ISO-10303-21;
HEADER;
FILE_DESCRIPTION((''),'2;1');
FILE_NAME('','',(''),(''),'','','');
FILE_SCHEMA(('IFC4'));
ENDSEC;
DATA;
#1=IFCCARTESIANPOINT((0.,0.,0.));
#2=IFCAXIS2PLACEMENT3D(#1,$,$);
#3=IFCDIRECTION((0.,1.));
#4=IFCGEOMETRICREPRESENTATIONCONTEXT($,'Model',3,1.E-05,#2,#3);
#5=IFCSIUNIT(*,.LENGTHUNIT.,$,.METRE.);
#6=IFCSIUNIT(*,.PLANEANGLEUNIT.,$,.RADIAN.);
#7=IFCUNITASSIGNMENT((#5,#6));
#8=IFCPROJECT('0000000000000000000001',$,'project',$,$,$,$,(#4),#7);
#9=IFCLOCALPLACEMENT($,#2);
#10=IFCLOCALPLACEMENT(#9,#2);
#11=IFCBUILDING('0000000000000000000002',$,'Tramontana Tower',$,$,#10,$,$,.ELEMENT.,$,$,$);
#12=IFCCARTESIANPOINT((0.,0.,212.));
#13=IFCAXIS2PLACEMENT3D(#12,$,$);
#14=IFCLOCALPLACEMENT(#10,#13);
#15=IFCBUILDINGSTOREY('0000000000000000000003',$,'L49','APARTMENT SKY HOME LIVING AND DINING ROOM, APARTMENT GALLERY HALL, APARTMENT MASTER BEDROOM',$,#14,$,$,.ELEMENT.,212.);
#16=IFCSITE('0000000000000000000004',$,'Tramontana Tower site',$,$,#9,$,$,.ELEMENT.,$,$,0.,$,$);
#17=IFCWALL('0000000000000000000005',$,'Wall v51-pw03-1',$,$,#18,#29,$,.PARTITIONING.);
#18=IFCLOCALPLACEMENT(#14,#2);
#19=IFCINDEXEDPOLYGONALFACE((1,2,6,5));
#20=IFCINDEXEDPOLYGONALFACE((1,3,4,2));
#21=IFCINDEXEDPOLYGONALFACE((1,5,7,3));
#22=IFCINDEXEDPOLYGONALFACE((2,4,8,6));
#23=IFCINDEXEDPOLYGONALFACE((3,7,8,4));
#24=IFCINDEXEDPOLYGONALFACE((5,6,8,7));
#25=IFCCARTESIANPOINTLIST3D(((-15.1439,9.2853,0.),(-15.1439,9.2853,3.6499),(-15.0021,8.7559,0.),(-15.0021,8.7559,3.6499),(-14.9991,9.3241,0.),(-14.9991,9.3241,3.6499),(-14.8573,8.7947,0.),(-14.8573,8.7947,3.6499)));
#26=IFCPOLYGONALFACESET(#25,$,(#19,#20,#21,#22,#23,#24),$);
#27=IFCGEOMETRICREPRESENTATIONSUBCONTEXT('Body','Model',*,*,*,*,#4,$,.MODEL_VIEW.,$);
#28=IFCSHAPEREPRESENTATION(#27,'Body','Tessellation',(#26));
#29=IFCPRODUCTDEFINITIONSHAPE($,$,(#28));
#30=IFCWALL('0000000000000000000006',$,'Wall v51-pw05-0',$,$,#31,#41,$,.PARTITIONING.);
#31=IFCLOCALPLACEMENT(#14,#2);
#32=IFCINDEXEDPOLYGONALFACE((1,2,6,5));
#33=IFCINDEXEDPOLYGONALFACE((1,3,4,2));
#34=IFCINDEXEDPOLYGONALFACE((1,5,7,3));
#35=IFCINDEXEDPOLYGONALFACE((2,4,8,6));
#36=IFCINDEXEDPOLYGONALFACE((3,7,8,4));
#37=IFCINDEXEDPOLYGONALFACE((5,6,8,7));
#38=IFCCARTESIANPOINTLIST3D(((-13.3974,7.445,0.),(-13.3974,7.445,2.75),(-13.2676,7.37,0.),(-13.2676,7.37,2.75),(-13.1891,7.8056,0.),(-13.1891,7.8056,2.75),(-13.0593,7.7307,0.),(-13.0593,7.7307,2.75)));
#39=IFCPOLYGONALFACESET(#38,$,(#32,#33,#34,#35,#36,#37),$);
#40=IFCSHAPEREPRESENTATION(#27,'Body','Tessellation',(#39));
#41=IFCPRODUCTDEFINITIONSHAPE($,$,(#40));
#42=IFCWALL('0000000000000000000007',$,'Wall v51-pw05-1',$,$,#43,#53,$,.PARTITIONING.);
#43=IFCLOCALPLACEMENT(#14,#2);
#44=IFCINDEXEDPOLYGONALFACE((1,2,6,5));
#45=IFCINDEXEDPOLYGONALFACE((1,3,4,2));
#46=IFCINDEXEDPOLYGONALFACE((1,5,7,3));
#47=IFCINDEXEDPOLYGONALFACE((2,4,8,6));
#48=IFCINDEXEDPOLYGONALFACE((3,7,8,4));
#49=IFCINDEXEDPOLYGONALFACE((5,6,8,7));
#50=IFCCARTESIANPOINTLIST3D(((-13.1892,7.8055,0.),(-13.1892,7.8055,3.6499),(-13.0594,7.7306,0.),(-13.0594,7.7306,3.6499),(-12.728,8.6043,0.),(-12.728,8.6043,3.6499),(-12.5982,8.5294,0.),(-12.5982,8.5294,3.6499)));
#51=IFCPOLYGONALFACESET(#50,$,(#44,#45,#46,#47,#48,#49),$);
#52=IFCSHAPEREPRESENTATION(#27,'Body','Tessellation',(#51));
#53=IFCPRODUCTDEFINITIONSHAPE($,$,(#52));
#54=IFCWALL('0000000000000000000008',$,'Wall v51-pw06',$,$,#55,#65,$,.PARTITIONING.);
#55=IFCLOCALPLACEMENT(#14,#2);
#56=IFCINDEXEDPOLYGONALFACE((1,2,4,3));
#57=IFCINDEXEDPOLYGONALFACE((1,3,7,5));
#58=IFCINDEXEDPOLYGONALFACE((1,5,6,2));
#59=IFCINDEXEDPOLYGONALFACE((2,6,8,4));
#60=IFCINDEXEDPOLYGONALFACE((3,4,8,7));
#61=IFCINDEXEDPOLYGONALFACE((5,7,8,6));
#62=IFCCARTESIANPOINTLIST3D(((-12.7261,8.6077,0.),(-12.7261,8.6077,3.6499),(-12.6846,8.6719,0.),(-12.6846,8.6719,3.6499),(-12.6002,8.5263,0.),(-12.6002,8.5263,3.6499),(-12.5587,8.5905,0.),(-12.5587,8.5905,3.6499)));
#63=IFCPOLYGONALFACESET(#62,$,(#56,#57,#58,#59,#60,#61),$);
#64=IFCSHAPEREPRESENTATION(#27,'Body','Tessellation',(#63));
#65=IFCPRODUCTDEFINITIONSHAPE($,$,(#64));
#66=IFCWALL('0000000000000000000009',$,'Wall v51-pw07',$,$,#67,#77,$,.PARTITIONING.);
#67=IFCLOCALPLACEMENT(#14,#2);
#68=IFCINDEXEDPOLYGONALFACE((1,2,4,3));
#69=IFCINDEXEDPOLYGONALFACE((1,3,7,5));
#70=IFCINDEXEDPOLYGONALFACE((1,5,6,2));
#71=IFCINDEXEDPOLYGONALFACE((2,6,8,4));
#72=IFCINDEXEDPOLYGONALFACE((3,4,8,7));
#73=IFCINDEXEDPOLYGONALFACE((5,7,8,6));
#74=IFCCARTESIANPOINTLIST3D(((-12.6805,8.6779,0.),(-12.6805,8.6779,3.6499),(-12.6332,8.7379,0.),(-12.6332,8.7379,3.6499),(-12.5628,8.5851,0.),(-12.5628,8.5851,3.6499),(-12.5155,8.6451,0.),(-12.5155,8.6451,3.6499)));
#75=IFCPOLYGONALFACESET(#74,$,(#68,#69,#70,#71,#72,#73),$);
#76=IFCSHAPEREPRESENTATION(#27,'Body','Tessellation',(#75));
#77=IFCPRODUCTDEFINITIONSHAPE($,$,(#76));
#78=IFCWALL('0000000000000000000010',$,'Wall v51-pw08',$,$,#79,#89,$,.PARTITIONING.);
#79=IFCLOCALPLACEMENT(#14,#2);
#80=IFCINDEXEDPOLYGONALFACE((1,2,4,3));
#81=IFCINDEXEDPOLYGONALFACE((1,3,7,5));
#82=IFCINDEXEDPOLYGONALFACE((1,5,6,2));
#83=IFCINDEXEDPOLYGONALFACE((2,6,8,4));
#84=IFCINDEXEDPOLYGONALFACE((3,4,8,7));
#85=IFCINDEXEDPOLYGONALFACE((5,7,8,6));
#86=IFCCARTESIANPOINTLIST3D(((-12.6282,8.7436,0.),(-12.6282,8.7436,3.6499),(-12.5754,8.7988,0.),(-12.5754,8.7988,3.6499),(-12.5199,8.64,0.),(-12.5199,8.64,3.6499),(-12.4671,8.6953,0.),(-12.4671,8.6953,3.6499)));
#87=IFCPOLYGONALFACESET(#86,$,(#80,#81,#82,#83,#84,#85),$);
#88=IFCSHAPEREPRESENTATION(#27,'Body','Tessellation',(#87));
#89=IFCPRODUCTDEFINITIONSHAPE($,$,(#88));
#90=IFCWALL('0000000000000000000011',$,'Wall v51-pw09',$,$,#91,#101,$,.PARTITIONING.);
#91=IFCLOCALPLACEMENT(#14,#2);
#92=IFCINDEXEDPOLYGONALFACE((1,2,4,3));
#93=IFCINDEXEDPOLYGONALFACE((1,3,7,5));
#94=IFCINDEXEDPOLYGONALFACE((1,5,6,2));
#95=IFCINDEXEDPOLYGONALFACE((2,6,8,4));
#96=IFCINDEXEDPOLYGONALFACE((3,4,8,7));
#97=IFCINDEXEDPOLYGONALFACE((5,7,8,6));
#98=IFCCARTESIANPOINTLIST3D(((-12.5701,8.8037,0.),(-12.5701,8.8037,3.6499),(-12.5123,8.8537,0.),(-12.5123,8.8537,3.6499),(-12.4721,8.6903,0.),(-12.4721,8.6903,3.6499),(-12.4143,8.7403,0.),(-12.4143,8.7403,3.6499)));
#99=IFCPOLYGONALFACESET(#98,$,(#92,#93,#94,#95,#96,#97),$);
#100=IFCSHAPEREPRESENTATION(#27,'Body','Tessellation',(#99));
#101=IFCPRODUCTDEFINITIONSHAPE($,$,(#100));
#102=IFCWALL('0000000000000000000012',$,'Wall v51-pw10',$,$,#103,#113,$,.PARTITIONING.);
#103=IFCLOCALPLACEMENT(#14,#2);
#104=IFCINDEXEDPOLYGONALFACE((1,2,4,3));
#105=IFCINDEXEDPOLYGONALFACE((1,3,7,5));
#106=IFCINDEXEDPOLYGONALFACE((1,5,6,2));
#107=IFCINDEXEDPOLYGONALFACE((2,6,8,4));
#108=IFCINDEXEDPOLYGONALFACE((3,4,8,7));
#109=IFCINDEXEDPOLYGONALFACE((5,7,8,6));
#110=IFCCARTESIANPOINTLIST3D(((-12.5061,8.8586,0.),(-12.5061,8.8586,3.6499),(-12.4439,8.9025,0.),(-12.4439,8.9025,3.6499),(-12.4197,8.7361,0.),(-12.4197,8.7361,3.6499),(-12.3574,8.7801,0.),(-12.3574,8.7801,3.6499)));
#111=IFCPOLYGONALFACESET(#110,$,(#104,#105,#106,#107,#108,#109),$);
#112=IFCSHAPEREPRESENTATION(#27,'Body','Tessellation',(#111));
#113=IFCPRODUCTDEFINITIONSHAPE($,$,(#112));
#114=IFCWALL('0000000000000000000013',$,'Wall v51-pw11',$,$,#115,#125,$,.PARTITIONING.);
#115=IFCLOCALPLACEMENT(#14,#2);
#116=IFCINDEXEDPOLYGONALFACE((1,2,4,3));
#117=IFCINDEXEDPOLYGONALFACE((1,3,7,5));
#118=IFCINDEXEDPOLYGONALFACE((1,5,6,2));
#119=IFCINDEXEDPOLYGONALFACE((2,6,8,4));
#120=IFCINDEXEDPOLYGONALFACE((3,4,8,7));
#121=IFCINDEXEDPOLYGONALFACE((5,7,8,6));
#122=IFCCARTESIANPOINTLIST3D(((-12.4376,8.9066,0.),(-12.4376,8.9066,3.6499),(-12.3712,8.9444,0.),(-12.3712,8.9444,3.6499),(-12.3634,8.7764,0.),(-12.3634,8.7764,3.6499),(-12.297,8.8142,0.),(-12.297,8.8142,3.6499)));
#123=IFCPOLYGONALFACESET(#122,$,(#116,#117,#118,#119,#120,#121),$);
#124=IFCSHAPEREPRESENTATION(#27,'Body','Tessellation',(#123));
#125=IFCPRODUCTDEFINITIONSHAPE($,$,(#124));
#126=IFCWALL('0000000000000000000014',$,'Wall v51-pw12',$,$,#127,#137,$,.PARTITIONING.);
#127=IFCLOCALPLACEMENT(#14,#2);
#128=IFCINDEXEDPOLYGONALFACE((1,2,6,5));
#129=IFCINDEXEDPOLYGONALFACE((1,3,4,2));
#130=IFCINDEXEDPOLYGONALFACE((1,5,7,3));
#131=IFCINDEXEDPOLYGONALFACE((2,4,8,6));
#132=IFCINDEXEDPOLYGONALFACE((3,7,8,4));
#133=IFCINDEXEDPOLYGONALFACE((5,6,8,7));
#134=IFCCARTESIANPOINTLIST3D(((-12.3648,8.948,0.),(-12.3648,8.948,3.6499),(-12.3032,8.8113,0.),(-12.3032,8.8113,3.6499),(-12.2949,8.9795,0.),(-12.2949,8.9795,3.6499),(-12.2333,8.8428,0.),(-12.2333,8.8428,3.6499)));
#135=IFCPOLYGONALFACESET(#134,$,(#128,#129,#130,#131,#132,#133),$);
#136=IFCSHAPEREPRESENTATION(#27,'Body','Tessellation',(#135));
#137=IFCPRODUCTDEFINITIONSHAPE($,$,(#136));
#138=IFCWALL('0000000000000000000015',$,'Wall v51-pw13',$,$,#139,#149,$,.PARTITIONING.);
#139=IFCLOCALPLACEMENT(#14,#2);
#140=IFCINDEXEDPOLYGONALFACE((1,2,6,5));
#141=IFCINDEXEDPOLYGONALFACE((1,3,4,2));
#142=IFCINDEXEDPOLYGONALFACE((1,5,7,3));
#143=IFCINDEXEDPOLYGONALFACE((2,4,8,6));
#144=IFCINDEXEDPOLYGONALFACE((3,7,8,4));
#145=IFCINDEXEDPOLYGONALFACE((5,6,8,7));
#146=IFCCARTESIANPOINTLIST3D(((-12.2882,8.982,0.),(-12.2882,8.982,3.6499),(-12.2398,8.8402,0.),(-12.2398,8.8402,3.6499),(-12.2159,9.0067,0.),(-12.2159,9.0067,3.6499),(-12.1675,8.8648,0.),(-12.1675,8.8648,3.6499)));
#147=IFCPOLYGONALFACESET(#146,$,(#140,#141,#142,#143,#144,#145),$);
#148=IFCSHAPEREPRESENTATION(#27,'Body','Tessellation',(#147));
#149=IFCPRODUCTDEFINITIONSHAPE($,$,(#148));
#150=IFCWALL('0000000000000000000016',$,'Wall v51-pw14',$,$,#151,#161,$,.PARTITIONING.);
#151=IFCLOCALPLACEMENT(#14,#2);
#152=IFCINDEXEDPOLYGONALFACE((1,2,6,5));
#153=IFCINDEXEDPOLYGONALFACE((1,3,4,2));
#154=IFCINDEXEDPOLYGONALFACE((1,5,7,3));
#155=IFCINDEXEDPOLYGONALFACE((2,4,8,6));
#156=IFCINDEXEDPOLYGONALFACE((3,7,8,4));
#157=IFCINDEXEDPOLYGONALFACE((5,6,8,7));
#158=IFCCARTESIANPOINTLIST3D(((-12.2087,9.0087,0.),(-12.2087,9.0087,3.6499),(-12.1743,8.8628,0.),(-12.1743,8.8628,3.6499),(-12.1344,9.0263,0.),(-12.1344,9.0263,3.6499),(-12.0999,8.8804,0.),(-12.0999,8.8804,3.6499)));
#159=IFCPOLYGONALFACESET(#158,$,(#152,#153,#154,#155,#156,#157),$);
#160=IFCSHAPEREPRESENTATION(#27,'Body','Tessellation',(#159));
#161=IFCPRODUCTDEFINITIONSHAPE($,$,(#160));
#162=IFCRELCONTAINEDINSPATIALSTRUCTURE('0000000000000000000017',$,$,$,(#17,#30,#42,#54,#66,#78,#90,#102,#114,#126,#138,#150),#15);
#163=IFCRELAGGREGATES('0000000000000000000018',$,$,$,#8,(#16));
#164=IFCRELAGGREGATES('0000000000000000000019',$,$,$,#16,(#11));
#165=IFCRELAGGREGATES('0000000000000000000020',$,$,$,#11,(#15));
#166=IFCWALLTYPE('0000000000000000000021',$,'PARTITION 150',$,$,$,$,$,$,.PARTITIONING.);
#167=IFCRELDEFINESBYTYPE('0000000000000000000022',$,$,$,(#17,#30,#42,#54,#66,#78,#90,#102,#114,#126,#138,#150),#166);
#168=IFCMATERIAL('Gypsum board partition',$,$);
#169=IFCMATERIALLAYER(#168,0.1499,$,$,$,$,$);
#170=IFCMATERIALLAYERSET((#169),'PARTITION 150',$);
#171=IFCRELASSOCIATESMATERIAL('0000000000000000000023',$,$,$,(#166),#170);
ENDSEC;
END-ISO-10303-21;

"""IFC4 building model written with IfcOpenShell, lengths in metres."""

from ifc_helpers import new_model, si_unit, direction, frame, frame_2d, origin, place, context, subcontext, project, spatial, rectangle, extrude, material, layer, layer_set, type_object, element, save


model = new_model("IFC4")

# Units and contexts
model_context = context("Model", 3, precision=1e-05, world=origin(), true_north=direction((0.0, 1.0)))
body_context = subcontext(model_context, "Body", "Model", "MODEL_VIEW")
ifc_project = project(units=[si_unit("LENGTHUNIT", "METRE"), si_unit("PLANEANGLEUNIT", "RADIAN")], contexts=[model_context])

# Site, building, storey
site_placement = place(None, origin())
site = spatial("IfcSite", under=ifc_project, at=site_placement, Name="Tramontana Tower site", CompositionType="ELEMENT", RefElevation=0.0)
building_placement = place(site_placement, origin())
building = spatial("IfcBuilding", under=site, at=building_placement, Name="Tramontana Tower", CompositionType="ELEMENT")
storey_placement = place(building_placement, frame((0.0, 0.0, 212.0)))
storey = spatial("IfcBuildingStorey", under=building, at=storey_placement, Name="L49", Description="APARTMENT SKY HOME LIVING AND DINING ROOM, APARTMENT GALLERY HALL, APARTMENT MASTER BEDROOM", CompositionType="ELEMENT", Elevation=212.0)

# Walls
ifc_material_1 = material(Name="Gypsum board partition")
ifc_layer_1 = layer(ifc_material_1, 0.1499)
ifc_layer_set_1 = layer_set([ifc_layer_1], Name="PARTITION 150")
wall_type_1 = type_object("IfcWallType", Name="PARTITION 150", PredefinedType="PARTITIONING", material=ifc_layer_set_1)
wall_1_placement = place(storey_placement, frame((-14.9297, 8.7754, 0.0), z_axis=(0.0, 0.0, 1.0), x_axis=(-0.258744, 0.965946, 0.0)))
element("IfcWall", 1, at=wall_1_placement, inside=storey, type_object=wall_type_1, Name="Wall v51-pw03-1", PredefinedType="PARTITIONING", context=body_context, shape_type="SweptSolid", body=[
    extrude(rectangle(XDim=0.5481, YDim=0.1499, at=frame_2d((0.2739, 0.0))), origin(), (0.0, 0.0, 1.0), 3.6499),
])
wall_2_placement = place(storey_placement, frame((-13.3325, 7.4075, 0.0), z_axis=(0.0, 0.0, 1.0), x_axis=(0.500112, 0.865961, 0.0)))
element("IfcWall", 2, at=wall_2_placement, inside=storey, type_object=wall_type_1, Name="Wall v51-pw05-0", PredefinedType="PARTITIONING", context=body_context, shape_type="SweptSolid", body=[
    extrude(rectangle(XDim=0.4165, YDim=0.1499, at=frame_2d((0.2083, 0.0))), origin(), (0.0, 0.0, 1.0), 2.75),
])
wall_3_placement = place(storey_placement, frame((-13.1243, 7.7681, 0.0), z_axis=(0.0, 0.0, 1.0), x_axis=(0.499982, 0.866036, 0.0)))
element("IfcWall", 3, at=wall_3_placement, inside=storey, type_object=wall_type_1, Name="Wall v51-pw05-1", PredefinedType="PARTITIONING", context=body_context, shape_type="SweptSolid", body=[
    extrude(rectangle(XDim=0.9224, YDim=0.1499, at=frame_2d((0.4612, 0.0))), origin(), (0.0, 0.0, 1.0), 3.6499),
])
for number, where, z_axis, x_axis, name in (
    (4, (-12.6631, 8.5671, 0.0), (0.0, 0.0, 1.0), (0.542854, 0.839827, 0.0), "Wall v51-pw06"),
    (5, (-12.6216, 8.6316, 0.0), (0.0, 0.0, 1.0), (0.61923, 0.785209, 0.0), "Wall v51-pw07"),
    (6, (-12.574, 8.6919, 0.0), (0.0, 0.0, 1.0), (0.690932, 0.72292, 0.0), "Wall v51-pw08"),
    (7, (-12.521, 8.7471, 0.0), (0.0, 0.0, 1.0), (0.75632, 0.654201, 0.0), "Wall v51-pw09"),
):
    element("IfcWall", number, at=place(storey_placement, frame(where, z_axis=z_axis, x_axis=x_axis)), inside=storey, type_object=wall_type_1, Name=name, PredefinedType="PARTITIONING", context=body_context, shape_type="SweptSolid", body=[
        extrude(rectangle(XDim=0.0764, YDim=0.1499, at=frame_2d((0.0381, 0.0))), origin(), (0.0, 0.0, 1.0), 3.6499),
    ])
wall_4_placement = place(storey_placement, frame((-12.4629, 8.7974, 0.0), z_axis=(0.0, 0.0, 1.0), x_axis=(0.816968, 0.576683, 0.0)))
element("IfcWall", 8, at=wall_4_placement, inside=storey, type_object=wall_type_1, Name="Wall v51-pw10", PredefinedType="PARTITIONING", context=body_context, shape_type="SweptSolid", body=[
    extrude(rectangle(XDim=0.0762, YDim=0.1499, at=frame_2d((0.0381, 0.0))), origin(), (0.0, 0.0, 1.0), 3.6499),
])
wall_5_placement = place(storey_placement, frame((-12.4004, 8.8416, 0.0), z_axis=(0.0, 0.0, 1.0), x_axis=(0.868832, 0.495107, 0.0)))
element("IfcWall", 9, at=wall_5_placement, inside=storey, type_object=wall_type_1, Name="Wall v51-pw11", PredefinedType="PARTITIONING", context=body_context, shape_type="SweptSolid", body=[
    extrude(rectangle(XDim=0.0764, YDim=0.1499, at=frame_2d((0.0381, 0.0))), origin(), (0.0, 0.0, 1.0), 3.6499),
])
wall_6_placement = place(storey_placement, frame((-12.334, 8.8796, 0.0), z_axis=(0.0, 0.0, 1.0), x_axis=(0.911563, 0.41116, 0.0)))
element("IfcWall", 10, at=wall_6_placement, inside=storey, type_object=wall_type_1, Name="Wall v51-pw12", PredefinedType="PARTITIONING", context=body_context, shape_type="SweptSolid", body=[
    extrude(rectangle(XDim=0.0767, YDim=0.1499, at=frame_2d((0.0383, 0.0))), origin(), (0.0, 0.0, 1.0), 3.6499),
])
for number, where, z_axis, x_axis, name in (
    (11, (-12.2639, 8.9111, 0.0), (0.0, 0.0, 1.0), (0.946421, 0.322934, 0.0), "Wall v51-pw13"),
    (12, (-12.1914, 8.9358, 0.0), (0.0, 0.0, 1.0), (0.97325, 0.229751, 0.0), "Wall v51-pw14"),
):
    element("IfcWall", number, at=place(storey_placement, frame(where, z_axis=z_axis, x_axis=x_axis)), inside=storey, type_object=wall_type_1, Name=name, PredefinedType="PARTITIONING", context=body_context, shape_type="SweptSolid", body=[
        extrude(rectangle(XDim=0.0764, YDim=0.1499, at=frame_2d((0.0381, 0.0))), origin(), (0.0, 0.0, 1.0), 3.6499),
    ])

save(model, "model.ifc")
